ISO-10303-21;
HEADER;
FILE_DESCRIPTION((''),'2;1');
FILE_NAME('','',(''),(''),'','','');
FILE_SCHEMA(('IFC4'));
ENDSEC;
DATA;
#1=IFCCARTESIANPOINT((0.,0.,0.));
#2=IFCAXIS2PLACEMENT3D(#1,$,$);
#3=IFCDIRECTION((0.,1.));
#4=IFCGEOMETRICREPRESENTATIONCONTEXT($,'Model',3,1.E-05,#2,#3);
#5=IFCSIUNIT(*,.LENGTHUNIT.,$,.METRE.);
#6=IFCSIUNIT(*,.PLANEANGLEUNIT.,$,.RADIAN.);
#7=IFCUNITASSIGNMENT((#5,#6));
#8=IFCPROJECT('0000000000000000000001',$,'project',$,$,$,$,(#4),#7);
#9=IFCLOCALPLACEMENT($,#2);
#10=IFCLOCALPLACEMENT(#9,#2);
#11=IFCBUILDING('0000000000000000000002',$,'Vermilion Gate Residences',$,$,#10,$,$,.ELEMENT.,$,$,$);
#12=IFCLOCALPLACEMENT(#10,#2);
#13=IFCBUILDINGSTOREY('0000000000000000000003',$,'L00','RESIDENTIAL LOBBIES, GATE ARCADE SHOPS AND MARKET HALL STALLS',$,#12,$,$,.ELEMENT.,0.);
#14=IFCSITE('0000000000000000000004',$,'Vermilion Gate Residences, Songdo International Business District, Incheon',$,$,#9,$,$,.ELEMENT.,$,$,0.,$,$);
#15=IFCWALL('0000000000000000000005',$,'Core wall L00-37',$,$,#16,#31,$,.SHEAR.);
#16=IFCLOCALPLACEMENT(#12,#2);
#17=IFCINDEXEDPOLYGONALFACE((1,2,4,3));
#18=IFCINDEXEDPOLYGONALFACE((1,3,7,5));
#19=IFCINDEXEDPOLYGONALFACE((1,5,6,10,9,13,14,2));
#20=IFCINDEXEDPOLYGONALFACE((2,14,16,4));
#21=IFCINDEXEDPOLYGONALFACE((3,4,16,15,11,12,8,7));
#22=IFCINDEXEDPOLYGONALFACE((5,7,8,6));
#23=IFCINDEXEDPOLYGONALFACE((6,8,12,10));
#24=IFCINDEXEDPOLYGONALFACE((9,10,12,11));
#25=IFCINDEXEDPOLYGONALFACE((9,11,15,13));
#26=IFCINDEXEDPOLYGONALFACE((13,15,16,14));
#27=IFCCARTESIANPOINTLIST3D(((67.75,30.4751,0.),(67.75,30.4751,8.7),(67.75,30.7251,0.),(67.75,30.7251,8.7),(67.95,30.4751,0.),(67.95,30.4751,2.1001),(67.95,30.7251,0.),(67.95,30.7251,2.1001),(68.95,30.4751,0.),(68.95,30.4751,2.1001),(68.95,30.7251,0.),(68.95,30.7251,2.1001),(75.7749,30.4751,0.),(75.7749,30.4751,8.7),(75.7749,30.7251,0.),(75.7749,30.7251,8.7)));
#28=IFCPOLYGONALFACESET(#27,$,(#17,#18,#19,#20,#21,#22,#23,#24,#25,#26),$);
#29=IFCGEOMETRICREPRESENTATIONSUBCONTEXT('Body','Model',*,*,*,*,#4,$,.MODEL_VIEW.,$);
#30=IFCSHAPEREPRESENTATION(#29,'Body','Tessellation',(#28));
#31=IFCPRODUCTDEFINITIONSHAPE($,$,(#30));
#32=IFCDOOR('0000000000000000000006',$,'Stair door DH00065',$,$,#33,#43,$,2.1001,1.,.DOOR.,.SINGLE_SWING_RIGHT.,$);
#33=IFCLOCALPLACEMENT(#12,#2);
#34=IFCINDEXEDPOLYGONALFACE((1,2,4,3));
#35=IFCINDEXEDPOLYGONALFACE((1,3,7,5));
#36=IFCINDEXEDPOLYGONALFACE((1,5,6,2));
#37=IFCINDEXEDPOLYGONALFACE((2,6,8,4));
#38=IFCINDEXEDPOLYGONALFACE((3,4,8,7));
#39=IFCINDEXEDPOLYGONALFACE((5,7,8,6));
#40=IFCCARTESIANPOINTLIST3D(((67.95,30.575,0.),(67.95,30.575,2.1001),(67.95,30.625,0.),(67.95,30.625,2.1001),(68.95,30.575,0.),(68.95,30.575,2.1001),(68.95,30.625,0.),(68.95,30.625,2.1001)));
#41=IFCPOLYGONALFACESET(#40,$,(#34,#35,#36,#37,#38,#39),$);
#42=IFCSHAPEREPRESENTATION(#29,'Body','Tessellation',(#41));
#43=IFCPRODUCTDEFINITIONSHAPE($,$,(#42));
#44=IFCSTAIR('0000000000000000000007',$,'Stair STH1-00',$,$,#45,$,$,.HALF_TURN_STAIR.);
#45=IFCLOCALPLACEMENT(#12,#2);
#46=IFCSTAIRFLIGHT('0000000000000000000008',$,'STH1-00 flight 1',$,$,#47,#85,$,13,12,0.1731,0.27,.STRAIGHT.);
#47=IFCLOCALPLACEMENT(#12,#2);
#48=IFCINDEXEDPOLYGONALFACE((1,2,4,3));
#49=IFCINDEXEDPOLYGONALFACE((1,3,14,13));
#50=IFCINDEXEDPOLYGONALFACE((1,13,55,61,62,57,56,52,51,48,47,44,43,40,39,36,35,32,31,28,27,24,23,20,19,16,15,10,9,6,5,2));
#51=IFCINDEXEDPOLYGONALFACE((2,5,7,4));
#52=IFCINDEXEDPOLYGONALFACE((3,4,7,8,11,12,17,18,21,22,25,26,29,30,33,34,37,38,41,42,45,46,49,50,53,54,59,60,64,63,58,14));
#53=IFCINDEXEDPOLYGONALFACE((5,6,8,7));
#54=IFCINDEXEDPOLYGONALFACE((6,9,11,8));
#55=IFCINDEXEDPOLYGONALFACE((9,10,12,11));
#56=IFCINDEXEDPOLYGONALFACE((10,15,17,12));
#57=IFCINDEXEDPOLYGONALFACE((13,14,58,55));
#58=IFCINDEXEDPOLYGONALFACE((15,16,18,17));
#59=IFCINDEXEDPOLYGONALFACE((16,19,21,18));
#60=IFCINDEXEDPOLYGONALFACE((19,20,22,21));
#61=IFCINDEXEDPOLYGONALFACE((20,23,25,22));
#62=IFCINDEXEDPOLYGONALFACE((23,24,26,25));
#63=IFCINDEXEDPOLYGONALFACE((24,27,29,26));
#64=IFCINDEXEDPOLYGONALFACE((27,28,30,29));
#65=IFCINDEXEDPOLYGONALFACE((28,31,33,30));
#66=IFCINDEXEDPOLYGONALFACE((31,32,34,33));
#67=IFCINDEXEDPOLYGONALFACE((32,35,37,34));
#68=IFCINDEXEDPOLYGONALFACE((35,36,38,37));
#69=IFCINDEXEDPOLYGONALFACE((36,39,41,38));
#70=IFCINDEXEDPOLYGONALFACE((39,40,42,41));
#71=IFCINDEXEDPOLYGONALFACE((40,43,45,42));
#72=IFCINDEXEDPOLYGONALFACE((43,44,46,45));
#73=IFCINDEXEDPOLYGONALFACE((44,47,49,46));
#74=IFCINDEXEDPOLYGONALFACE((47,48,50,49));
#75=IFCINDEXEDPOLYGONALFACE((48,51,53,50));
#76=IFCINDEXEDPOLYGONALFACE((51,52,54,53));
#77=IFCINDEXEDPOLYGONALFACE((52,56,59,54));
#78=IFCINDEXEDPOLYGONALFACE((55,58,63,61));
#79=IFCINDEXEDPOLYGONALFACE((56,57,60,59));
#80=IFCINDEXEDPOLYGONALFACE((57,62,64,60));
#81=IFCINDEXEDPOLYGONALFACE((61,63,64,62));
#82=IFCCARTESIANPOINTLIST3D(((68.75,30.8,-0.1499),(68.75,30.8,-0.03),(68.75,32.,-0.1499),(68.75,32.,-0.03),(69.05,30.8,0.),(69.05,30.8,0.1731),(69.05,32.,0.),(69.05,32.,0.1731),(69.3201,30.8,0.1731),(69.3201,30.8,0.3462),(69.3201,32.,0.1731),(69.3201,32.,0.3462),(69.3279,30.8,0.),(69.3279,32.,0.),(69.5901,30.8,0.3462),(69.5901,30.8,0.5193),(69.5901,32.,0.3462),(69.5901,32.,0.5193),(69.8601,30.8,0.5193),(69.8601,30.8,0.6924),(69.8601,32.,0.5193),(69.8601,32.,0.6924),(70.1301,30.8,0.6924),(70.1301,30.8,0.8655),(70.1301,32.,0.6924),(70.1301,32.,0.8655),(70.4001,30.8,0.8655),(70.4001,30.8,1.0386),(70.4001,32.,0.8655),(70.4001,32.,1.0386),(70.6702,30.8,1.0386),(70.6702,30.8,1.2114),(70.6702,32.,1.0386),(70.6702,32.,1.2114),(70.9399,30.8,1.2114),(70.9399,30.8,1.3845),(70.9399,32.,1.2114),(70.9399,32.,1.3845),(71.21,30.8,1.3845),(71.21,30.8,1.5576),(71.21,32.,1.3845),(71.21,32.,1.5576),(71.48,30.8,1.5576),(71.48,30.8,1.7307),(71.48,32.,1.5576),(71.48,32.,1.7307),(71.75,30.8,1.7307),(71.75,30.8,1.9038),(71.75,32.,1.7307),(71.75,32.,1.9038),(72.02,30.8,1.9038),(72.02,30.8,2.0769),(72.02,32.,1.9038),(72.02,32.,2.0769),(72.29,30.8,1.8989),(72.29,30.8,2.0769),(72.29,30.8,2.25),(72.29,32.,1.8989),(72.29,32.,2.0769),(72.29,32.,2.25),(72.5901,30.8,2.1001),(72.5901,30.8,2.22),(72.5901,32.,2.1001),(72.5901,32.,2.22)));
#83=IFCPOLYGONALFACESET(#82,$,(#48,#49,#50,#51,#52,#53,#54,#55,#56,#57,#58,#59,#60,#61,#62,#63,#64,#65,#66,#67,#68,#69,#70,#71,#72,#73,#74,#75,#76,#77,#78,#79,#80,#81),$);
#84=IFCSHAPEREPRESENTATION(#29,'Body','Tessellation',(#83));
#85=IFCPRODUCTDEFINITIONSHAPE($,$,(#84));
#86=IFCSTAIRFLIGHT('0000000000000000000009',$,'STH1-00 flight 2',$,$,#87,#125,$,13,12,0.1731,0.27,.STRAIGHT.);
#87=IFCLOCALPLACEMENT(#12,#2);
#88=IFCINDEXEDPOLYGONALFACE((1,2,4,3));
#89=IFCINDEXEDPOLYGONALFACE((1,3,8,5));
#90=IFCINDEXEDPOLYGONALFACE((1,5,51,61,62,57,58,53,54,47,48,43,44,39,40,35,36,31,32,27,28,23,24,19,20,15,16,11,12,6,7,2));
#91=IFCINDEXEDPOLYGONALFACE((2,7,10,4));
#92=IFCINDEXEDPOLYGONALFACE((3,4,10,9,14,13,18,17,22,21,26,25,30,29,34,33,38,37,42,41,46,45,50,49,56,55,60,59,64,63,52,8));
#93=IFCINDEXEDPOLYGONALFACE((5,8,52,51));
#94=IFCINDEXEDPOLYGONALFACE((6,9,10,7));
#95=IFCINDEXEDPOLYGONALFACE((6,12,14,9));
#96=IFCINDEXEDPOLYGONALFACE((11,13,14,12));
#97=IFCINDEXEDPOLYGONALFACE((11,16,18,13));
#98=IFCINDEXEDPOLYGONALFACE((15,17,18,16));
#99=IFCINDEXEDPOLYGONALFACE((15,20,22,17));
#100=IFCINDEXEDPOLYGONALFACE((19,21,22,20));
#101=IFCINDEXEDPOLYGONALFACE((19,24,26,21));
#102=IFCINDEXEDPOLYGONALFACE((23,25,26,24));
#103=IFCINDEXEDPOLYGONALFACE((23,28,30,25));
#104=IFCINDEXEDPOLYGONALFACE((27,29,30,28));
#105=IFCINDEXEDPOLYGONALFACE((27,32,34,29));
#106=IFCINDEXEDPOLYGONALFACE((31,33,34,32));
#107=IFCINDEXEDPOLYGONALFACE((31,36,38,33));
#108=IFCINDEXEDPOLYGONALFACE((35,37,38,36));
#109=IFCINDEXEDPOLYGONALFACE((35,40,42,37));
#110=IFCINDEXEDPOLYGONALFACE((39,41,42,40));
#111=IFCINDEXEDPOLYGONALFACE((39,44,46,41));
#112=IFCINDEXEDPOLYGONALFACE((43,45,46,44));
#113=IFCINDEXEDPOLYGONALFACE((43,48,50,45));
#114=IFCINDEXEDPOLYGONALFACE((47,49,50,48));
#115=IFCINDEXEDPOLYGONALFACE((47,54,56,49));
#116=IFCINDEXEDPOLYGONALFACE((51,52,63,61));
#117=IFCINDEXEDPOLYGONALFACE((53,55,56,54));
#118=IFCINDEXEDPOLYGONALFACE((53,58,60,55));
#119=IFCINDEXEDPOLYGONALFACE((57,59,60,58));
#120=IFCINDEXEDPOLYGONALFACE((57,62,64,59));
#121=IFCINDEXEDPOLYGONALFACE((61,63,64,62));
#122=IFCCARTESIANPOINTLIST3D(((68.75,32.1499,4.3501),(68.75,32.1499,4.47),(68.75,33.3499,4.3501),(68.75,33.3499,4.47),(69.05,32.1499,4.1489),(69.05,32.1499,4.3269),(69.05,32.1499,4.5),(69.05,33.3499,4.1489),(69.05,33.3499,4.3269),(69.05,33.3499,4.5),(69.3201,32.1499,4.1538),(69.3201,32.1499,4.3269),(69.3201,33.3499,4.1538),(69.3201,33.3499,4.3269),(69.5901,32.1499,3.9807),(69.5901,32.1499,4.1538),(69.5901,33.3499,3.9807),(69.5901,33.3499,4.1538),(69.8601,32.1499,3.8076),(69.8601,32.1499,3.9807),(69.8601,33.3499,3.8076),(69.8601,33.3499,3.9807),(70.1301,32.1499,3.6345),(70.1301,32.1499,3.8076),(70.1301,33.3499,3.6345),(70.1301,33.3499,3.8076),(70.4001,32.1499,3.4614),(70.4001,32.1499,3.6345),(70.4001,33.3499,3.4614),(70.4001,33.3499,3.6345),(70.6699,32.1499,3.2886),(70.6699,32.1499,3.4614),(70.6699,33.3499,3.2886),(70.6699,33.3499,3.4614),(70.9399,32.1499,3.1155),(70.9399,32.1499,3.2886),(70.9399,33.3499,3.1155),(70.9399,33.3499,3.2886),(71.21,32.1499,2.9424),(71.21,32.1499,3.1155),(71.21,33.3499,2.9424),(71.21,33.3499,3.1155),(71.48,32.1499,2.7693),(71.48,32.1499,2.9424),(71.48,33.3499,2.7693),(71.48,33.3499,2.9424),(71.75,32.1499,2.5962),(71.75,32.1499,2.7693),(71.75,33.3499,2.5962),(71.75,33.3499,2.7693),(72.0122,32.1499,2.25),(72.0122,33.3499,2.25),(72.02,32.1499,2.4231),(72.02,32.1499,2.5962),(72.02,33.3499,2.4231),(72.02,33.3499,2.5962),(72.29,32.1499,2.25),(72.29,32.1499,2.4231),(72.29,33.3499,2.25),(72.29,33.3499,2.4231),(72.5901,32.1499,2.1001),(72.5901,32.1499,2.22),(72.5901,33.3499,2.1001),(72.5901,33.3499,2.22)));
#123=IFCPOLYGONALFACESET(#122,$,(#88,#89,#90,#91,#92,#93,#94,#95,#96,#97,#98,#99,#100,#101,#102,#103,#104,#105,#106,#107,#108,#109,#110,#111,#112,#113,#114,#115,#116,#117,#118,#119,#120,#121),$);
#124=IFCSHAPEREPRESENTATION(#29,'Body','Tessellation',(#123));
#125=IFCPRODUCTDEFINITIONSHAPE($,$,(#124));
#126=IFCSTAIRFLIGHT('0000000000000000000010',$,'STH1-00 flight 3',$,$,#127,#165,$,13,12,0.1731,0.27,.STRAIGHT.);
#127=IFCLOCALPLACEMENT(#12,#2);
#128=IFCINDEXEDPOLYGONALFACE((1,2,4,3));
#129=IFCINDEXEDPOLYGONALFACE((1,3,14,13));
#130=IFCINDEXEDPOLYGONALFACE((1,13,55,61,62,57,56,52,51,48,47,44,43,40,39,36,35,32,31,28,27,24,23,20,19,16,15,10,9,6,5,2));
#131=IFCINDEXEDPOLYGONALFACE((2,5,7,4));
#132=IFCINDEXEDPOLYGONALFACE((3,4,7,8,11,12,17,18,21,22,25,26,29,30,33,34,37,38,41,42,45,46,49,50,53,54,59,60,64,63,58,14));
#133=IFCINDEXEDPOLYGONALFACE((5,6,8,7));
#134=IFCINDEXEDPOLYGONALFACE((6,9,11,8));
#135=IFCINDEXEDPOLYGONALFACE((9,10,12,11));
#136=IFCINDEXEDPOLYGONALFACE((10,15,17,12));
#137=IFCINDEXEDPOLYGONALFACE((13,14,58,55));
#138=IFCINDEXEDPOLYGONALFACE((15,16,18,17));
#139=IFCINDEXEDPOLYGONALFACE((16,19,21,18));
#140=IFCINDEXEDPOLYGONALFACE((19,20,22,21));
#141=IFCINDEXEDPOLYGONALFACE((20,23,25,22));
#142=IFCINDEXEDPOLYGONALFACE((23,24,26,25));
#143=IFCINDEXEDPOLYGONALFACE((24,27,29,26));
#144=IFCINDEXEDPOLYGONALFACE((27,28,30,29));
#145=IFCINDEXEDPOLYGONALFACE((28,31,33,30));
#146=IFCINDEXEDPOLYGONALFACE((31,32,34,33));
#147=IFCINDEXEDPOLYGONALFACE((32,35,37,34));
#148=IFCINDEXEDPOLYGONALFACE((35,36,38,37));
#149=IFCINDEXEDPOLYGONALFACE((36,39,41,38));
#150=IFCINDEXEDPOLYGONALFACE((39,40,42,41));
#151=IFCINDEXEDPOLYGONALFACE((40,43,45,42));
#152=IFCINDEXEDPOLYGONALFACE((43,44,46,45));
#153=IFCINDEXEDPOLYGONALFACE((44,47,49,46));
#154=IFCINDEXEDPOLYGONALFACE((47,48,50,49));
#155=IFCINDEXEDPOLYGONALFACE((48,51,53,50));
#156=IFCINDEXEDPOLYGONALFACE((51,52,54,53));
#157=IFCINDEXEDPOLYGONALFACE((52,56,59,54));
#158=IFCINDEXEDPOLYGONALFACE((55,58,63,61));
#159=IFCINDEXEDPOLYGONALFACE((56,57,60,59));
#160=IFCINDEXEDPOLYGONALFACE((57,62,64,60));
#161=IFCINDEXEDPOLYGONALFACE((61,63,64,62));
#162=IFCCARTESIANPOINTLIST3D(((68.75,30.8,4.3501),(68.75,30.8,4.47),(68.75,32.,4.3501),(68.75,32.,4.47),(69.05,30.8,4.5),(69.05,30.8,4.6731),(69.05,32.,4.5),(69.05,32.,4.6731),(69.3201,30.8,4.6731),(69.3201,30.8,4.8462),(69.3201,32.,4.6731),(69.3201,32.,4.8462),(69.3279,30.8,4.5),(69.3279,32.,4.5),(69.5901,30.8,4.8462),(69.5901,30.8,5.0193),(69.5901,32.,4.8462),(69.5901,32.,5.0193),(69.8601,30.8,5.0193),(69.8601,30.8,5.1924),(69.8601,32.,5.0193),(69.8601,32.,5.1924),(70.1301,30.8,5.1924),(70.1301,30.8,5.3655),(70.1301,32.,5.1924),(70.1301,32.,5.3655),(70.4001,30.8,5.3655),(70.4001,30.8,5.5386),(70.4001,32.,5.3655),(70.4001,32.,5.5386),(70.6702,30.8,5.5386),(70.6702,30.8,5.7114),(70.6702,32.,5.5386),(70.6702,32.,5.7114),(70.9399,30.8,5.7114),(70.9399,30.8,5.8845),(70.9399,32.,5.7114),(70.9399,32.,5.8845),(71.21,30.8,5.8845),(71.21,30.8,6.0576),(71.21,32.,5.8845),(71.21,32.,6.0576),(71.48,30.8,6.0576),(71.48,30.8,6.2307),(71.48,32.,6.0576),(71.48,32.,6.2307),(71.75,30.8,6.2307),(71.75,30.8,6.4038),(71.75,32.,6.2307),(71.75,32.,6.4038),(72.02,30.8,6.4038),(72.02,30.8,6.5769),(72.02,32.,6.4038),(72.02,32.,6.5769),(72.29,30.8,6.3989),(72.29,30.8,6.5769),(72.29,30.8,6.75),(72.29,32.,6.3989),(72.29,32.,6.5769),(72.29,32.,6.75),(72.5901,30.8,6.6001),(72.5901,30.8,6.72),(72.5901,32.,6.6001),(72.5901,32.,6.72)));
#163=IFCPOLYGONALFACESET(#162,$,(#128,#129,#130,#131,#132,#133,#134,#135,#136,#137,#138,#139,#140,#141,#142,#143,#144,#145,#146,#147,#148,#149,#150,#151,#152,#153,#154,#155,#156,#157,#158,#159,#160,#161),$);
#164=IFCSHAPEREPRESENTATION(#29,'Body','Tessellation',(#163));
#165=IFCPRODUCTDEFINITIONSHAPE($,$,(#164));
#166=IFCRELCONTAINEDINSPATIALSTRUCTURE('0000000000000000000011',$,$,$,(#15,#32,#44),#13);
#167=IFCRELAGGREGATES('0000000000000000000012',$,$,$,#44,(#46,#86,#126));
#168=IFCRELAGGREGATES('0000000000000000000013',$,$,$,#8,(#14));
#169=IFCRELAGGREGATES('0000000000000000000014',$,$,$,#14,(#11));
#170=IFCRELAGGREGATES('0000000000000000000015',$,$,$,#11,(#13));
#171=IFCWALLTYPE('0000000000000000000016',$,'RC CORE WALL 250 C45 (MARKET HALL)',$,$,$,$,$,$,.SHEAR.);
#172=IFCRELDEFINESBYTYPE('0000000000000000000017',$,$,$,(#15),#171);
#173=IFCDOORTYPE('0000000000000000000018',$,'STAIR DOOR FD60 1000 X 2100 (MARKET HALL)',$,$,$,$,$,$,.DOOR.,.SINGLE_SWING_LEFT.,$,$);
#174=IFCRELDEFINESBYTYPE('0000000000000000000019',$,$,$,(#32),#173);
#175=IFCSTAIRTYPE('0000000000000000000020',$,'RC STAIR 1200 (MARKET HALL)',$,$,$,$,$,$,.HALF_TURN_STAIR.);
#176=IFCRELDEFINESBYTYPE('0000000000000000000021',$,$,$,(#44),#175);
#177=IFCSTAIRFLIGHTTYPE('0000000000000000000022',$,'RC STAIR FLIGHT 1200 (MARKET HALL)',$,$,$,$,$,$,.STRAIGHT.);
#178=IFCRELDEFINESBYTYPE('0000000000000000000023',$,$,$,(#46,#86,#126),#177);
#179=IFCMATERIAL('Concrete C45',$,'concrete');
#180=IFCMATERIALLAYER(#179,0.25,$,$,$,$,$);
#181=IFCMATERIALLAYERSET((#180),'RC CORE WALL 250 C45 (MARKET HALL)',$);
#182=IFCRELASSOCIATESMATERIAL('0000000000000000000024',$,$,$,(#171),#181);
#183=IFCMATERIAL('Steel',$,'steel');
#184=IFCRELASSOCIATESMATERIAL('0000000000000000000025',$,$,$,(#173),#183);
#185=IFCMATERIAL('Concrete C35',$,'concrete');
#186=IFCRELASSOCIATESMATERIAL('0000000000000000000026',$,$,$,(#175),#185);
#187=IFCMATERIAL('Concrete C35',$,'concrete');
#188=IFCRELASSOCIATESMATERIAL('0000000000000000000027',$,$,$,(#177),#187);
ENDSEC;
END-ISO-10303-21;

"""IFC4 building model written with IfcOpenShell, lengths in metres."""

from ifc_helpers import new_model, si_unit, direction, frame, frame_2d, origin, place, context, subcontext, project, spatial, polyline, rectangle, outline, extrude, material, layer, layer_set, type_object, element, fill, aggregate, save


model = new_model("IFC4")

# Units and contexts
model_context = context("Model", 3, precision=1e-05, world=origin(), true_north=direction((0.0, 1.0)))
body_context = subcontext(model_context, "Body", "Model", "MODEL_VIEW")
ifc_project = project(units=[si_unit("LENGTHUNIT", "METRE"), si_unit("PLANEANGLEUNIT", "RADIAN")], contexts=[model_context])

# Site, building, storey
site_placement = place(None, origin())
site = spatial("IfcSite", under=ifc_project, at=site_placement, Name="Vermilion Gate Residences, Songdo International Business District, Incheon", CompositionType="ELEMENT", RefElevation=0.0)
building_placement = place(site_placement, origin())
building = spatial("IfcBuilding", under=site, at=building_placement, Name="Vermilion Gate Residences", CompositionType="ELEMENT")
storey_placement = place(building_placement, origin())
storey = spatial("IfcBuildingStorey", under=building, at=storey_placement, Name="L00", Description="RESIDENTIAL LOBBIES, GATE ARCADE SHOPS AND MARKET HALL STALLS", CompositionType="ELEMENT", Elevation=0.0)

# Wall, opening, door
ifc_material_1 = material(Name="Concrete C45", Category="concrete")
ifc_layer = layer(ifc_material_1, 0.25)
ifc_layer_set = layer_set([ifc_layer], Name="RC CORE WALL 250 C45 (MARKET HALL)")
wall_type = type_object("IfcWallType", Name="RC CORE WALL 250 C45 (MARKET HALL)", PredefinedType="SHEAR", material=ifc_layer_set)
wall_placement = place(storey_placement, frame((67.75, 30.6001, 0.0), z_axis=(0.0, 0.0, 1.0), x_axis=(1.0, 0.0, 0.0)))
wall = element("IfcWall", 1, at=wall_placement, inside=storey, type_object=wall_type, Name="Core wall L00-37", PredefinedType="SHEAR", context=body_context, shape_type="SweptSolid", body=[
    extrude(rectangle(XDim=8.0249, YDim=0.25, at=frame_2d((4.0125, 0.0))), origin(), (0.0, 0.0, 1.0), 8.7),
])
opening_placement = place(wall_placement, frame((0.2, 0.0, 0.0)))
opening = element("IfcOpeningElement", 2, at=opening_placement, cuts=wall, PredefinedType="OPENING", context=body_context, shape_type="SweptSolid", body=[
    extrude(rectangle(XDim=1.0, YDim=2.1001, at=frame_2d((0.5, 1.05))), frame((0.0, 0.135, 0.0), z_axis=(0.0, -1.0, 0.0), x_axis=(1.0, 0.0, 0.0)), (0.0, 0.0, 1.0), 0.27),
])
ifc_material_2 = material(Name="Steel", Category="steel")
door_type = type_object("IfcDoorType", Name="STAIR DOOR FD60 1000 X 2100 (MARKET HALL)", OperationType="SINGLE_SWING_LEFT", PredefinedType="DOOR", material=ifc_material_2)
door_placement = place(opening_placement, origin())
door = element("IfcDoor", 3, at=door_placement, inside=storey, type_object=door_type, Name="Stair door DH00065", OperationType="SINGLE_SWING_RIGHT", OverallHeight=2.1001, OverallWidth=1.0, PredefinedType="DOOR", context=body_context, shape_type="SweptSolid", body=[
    extrude(rectangle(XDim=1.0, YDim=2.1001, at=frame_2d((0.5, 1.05))), frame((0.0, 0.0249, 0.0), z_axis=(0.0, -1.0, 0.0), x_axis=(1.0, 0.0, 0.0)), (0.0, 0.0, 1.0), 0.05),
])
fill(opening, door)

# Stair, stair flights
ifc_material_3 = material(Name="Concrete C35", Category="concrete")
stair_type = type_object("IfcStairType", Name="RC STAIR 1200 (MARKET HALL)", PredefinedType="HALF_TURN_STAIR", material=ifc_material_3)
stair_placement = place(storey_placement, origin())
stair = element("IfcStair", 4, at=stair_placement, inside=storey, type_object=stair_type, Name="Stair STH1-00", PredefinedType="HALF_TURN_STAIR")
ifc_material_4 = material(Name="Concrete C35", Category="concrete")
stair_flight_type = type_object("IfcStairFlightType", Name="RC STAIR FLIGHT 1200 (MARKET HALL)", PredefinedType="STRAIGHT", material=ifc_material_4)
stair_flight_1_placement = place(storey_placement, frame((69.05, 31.3999, 0.0), z_axis=(0.0, 0.0, 1.0), x_axis=(1.0, 0.0, 0.0)))
stair_flight_1 = element("IfcStairFlight", 5, at=stair_flight_1_placement, type_object=stair_flight_type, Name="STH1-00 flight 1", NumberOfRisers=13, NumberOfTreads=12, PredefinedType="STRAIGHT", RiserHeight=0.1731, TreadLength=0.27, context=body_context, shape_type="SweptSolid", body=[
    extrude(outline(polyline([(-0.3, -0.1499), (-0.3, -0.03), (0.0, 0.0), (0.0, 0.1731), (0.27, 0.1731), (0.27, 0.3462), (0.54, 0.3462), (0.54, 0.5193), (0.8101, 0.5193), (0.8101, 0.6924), (1.0801, 0.6924), (1.0801, 0.8655), (1.3501, 0.8655), (1.3501, 1.0386), (1.6201, 1.0386), (1.6201, 1.2114), (1.8899, 1.2114), (1.8899, 1.3845), (2.1599, 1.3845), (2.1599, 1.5576), (2.4299, 1.5576), (2.4299, 1.7307), (2.7, 1.7307), (2.7, 1.9038), (2.97, 1.9038), (2.97, 2.0769), (3.24, 2.0769), (3.24, 2.25), (3.54, 2.22), (3.54, 2.1001), (3.24, 1.8989), (0.2778, 0.0), (-0.3, -0.1499)])), frame((0.0, 0.6001, 0.0), z_axis=(0.0, -1.0, 0.0), x_axis=(1.0, 0.0, 0.0)), (0.0, 0.0, 1.0), 1.2),
])
stair_flight_2_placement = place(storey_placement, frame((72.29, 32.75, 2.25), z_axis=(0.0, 0.0, 1.0), x_axis=(-1.0, 0.0, 0.0)))
stair_flight_2 = element("IfcStairFlight", 6, at=stair_flight_2_placement, type_object=stair_flight_type, Name="STH1-00 flight 2", NumberOfRisers=13, NumberOfTreads=12, PredefinedType="STRAIGHT", RiserHeight=0.1731, TreadLength=0.27, context=body_context, shape_type="SweptSolid", body=[
    extrude(outline(polyline([(-0.3, -0.1499), (-0.3, -0.03), (0.0, 0.0), (0.0, 0.1731), (0.27, 0.1731), (0.27, 0.3462), (0.54, 0.3462), (0.54, 0.5193), (0.8101, 0.5193), (0.8101, 0.6924), (1.0801, 0.6924), (1.0801, 0.8655), (1.3501, 0.8655), (1.3501, 1.0386), (1.6201, 1.0386), (1.6201, 1.2114), (1.8899, 1.2114), (1.8899, 1.3845), (2.1599, 1.3845), (2.1599, 1.5576), (2.4299, 1.5576), (2.4299, 1.7307), (2.7, 1.7307), (2.7, 1.9038), (2.97, 1.9038), (2.97, 2.0769), (3.24, 2.0769), (3.24, 2.25), (3.54, 2.22), (3.54, 2.1001), (3.24, 1.8989), (0.2778, 0.0), (-0.3, -0.1499)])), frame((0.0, 0.6001, 0.0), z_axis=(0.0, -1.0, 0.0), x_axis=(1.0, 0.0, 0.0)), (0.0, 0.0, 1.0), 1.2),
])
stair_flight_3_placement = place(storey_placement, frame((69.05, 31.3999, 4.5), z_axis=(0.0, 0.0, 1.0), x_axis=(1.0, 0.0, 0.0)))
stair_flight_3 = element("IfcStairFlight", 7, at=stair_flight_3_placement, type_object=stair_flight_type, Name="STH1-00 flight 3", NumberOfRisers=13, NumberOfTreads=12, PredefinedType="STRAIGHT", RiserHeight=0.1731, TreadLength=0.27, context=body_context, shape_type="SweptSolid", body=[
    extrude(outline(polyline([(-0.3, -0.1499), (-0.3, -0.03), (0.0, 0.0), (0.0, 0.1731), (0.27, 0.1731), (0.27, 0.3462), (0.54, 0.3462), (0.54, 0.5193), (0.8101, 0.5193), (0.8101, 0.6924), (1.0801, 0.6924), (1.0801, 0.8655), (1.3501, 0.8655), (1.3501, 1.0386), (1.6201, 1.0386), (1.6201, 1.2114), (1.8899, 1.2114), (1.8899, 1.3845), (2.1599, 1.3845), (2.1599, 1.5576), (2.4299, 1.5576), (2.4299, 1.7307), (2.7, 1.7307), (2.7, 1.9038), (2.97, 1.9038), (2.97, 2.0769), (3.24, 2.0769), (3.24, 2.25), (3.54, 2.22), (3.54, 2.1001), (3.24, 1.8989), (0.2778, 0.0), (-0.3, -0.1499)])), frame((0.0, 0.6001, 0.0), z_axis=(0.0, -1.0, 0.0), x_axis=(1.0, 0.0, 0.0)), (0.0, 0.0, 1.0), 1.2),
])
aggregate(stair, [stair_flight_1, stair_flight_2, stair_flight_3])

save(model, "model.ifc")
